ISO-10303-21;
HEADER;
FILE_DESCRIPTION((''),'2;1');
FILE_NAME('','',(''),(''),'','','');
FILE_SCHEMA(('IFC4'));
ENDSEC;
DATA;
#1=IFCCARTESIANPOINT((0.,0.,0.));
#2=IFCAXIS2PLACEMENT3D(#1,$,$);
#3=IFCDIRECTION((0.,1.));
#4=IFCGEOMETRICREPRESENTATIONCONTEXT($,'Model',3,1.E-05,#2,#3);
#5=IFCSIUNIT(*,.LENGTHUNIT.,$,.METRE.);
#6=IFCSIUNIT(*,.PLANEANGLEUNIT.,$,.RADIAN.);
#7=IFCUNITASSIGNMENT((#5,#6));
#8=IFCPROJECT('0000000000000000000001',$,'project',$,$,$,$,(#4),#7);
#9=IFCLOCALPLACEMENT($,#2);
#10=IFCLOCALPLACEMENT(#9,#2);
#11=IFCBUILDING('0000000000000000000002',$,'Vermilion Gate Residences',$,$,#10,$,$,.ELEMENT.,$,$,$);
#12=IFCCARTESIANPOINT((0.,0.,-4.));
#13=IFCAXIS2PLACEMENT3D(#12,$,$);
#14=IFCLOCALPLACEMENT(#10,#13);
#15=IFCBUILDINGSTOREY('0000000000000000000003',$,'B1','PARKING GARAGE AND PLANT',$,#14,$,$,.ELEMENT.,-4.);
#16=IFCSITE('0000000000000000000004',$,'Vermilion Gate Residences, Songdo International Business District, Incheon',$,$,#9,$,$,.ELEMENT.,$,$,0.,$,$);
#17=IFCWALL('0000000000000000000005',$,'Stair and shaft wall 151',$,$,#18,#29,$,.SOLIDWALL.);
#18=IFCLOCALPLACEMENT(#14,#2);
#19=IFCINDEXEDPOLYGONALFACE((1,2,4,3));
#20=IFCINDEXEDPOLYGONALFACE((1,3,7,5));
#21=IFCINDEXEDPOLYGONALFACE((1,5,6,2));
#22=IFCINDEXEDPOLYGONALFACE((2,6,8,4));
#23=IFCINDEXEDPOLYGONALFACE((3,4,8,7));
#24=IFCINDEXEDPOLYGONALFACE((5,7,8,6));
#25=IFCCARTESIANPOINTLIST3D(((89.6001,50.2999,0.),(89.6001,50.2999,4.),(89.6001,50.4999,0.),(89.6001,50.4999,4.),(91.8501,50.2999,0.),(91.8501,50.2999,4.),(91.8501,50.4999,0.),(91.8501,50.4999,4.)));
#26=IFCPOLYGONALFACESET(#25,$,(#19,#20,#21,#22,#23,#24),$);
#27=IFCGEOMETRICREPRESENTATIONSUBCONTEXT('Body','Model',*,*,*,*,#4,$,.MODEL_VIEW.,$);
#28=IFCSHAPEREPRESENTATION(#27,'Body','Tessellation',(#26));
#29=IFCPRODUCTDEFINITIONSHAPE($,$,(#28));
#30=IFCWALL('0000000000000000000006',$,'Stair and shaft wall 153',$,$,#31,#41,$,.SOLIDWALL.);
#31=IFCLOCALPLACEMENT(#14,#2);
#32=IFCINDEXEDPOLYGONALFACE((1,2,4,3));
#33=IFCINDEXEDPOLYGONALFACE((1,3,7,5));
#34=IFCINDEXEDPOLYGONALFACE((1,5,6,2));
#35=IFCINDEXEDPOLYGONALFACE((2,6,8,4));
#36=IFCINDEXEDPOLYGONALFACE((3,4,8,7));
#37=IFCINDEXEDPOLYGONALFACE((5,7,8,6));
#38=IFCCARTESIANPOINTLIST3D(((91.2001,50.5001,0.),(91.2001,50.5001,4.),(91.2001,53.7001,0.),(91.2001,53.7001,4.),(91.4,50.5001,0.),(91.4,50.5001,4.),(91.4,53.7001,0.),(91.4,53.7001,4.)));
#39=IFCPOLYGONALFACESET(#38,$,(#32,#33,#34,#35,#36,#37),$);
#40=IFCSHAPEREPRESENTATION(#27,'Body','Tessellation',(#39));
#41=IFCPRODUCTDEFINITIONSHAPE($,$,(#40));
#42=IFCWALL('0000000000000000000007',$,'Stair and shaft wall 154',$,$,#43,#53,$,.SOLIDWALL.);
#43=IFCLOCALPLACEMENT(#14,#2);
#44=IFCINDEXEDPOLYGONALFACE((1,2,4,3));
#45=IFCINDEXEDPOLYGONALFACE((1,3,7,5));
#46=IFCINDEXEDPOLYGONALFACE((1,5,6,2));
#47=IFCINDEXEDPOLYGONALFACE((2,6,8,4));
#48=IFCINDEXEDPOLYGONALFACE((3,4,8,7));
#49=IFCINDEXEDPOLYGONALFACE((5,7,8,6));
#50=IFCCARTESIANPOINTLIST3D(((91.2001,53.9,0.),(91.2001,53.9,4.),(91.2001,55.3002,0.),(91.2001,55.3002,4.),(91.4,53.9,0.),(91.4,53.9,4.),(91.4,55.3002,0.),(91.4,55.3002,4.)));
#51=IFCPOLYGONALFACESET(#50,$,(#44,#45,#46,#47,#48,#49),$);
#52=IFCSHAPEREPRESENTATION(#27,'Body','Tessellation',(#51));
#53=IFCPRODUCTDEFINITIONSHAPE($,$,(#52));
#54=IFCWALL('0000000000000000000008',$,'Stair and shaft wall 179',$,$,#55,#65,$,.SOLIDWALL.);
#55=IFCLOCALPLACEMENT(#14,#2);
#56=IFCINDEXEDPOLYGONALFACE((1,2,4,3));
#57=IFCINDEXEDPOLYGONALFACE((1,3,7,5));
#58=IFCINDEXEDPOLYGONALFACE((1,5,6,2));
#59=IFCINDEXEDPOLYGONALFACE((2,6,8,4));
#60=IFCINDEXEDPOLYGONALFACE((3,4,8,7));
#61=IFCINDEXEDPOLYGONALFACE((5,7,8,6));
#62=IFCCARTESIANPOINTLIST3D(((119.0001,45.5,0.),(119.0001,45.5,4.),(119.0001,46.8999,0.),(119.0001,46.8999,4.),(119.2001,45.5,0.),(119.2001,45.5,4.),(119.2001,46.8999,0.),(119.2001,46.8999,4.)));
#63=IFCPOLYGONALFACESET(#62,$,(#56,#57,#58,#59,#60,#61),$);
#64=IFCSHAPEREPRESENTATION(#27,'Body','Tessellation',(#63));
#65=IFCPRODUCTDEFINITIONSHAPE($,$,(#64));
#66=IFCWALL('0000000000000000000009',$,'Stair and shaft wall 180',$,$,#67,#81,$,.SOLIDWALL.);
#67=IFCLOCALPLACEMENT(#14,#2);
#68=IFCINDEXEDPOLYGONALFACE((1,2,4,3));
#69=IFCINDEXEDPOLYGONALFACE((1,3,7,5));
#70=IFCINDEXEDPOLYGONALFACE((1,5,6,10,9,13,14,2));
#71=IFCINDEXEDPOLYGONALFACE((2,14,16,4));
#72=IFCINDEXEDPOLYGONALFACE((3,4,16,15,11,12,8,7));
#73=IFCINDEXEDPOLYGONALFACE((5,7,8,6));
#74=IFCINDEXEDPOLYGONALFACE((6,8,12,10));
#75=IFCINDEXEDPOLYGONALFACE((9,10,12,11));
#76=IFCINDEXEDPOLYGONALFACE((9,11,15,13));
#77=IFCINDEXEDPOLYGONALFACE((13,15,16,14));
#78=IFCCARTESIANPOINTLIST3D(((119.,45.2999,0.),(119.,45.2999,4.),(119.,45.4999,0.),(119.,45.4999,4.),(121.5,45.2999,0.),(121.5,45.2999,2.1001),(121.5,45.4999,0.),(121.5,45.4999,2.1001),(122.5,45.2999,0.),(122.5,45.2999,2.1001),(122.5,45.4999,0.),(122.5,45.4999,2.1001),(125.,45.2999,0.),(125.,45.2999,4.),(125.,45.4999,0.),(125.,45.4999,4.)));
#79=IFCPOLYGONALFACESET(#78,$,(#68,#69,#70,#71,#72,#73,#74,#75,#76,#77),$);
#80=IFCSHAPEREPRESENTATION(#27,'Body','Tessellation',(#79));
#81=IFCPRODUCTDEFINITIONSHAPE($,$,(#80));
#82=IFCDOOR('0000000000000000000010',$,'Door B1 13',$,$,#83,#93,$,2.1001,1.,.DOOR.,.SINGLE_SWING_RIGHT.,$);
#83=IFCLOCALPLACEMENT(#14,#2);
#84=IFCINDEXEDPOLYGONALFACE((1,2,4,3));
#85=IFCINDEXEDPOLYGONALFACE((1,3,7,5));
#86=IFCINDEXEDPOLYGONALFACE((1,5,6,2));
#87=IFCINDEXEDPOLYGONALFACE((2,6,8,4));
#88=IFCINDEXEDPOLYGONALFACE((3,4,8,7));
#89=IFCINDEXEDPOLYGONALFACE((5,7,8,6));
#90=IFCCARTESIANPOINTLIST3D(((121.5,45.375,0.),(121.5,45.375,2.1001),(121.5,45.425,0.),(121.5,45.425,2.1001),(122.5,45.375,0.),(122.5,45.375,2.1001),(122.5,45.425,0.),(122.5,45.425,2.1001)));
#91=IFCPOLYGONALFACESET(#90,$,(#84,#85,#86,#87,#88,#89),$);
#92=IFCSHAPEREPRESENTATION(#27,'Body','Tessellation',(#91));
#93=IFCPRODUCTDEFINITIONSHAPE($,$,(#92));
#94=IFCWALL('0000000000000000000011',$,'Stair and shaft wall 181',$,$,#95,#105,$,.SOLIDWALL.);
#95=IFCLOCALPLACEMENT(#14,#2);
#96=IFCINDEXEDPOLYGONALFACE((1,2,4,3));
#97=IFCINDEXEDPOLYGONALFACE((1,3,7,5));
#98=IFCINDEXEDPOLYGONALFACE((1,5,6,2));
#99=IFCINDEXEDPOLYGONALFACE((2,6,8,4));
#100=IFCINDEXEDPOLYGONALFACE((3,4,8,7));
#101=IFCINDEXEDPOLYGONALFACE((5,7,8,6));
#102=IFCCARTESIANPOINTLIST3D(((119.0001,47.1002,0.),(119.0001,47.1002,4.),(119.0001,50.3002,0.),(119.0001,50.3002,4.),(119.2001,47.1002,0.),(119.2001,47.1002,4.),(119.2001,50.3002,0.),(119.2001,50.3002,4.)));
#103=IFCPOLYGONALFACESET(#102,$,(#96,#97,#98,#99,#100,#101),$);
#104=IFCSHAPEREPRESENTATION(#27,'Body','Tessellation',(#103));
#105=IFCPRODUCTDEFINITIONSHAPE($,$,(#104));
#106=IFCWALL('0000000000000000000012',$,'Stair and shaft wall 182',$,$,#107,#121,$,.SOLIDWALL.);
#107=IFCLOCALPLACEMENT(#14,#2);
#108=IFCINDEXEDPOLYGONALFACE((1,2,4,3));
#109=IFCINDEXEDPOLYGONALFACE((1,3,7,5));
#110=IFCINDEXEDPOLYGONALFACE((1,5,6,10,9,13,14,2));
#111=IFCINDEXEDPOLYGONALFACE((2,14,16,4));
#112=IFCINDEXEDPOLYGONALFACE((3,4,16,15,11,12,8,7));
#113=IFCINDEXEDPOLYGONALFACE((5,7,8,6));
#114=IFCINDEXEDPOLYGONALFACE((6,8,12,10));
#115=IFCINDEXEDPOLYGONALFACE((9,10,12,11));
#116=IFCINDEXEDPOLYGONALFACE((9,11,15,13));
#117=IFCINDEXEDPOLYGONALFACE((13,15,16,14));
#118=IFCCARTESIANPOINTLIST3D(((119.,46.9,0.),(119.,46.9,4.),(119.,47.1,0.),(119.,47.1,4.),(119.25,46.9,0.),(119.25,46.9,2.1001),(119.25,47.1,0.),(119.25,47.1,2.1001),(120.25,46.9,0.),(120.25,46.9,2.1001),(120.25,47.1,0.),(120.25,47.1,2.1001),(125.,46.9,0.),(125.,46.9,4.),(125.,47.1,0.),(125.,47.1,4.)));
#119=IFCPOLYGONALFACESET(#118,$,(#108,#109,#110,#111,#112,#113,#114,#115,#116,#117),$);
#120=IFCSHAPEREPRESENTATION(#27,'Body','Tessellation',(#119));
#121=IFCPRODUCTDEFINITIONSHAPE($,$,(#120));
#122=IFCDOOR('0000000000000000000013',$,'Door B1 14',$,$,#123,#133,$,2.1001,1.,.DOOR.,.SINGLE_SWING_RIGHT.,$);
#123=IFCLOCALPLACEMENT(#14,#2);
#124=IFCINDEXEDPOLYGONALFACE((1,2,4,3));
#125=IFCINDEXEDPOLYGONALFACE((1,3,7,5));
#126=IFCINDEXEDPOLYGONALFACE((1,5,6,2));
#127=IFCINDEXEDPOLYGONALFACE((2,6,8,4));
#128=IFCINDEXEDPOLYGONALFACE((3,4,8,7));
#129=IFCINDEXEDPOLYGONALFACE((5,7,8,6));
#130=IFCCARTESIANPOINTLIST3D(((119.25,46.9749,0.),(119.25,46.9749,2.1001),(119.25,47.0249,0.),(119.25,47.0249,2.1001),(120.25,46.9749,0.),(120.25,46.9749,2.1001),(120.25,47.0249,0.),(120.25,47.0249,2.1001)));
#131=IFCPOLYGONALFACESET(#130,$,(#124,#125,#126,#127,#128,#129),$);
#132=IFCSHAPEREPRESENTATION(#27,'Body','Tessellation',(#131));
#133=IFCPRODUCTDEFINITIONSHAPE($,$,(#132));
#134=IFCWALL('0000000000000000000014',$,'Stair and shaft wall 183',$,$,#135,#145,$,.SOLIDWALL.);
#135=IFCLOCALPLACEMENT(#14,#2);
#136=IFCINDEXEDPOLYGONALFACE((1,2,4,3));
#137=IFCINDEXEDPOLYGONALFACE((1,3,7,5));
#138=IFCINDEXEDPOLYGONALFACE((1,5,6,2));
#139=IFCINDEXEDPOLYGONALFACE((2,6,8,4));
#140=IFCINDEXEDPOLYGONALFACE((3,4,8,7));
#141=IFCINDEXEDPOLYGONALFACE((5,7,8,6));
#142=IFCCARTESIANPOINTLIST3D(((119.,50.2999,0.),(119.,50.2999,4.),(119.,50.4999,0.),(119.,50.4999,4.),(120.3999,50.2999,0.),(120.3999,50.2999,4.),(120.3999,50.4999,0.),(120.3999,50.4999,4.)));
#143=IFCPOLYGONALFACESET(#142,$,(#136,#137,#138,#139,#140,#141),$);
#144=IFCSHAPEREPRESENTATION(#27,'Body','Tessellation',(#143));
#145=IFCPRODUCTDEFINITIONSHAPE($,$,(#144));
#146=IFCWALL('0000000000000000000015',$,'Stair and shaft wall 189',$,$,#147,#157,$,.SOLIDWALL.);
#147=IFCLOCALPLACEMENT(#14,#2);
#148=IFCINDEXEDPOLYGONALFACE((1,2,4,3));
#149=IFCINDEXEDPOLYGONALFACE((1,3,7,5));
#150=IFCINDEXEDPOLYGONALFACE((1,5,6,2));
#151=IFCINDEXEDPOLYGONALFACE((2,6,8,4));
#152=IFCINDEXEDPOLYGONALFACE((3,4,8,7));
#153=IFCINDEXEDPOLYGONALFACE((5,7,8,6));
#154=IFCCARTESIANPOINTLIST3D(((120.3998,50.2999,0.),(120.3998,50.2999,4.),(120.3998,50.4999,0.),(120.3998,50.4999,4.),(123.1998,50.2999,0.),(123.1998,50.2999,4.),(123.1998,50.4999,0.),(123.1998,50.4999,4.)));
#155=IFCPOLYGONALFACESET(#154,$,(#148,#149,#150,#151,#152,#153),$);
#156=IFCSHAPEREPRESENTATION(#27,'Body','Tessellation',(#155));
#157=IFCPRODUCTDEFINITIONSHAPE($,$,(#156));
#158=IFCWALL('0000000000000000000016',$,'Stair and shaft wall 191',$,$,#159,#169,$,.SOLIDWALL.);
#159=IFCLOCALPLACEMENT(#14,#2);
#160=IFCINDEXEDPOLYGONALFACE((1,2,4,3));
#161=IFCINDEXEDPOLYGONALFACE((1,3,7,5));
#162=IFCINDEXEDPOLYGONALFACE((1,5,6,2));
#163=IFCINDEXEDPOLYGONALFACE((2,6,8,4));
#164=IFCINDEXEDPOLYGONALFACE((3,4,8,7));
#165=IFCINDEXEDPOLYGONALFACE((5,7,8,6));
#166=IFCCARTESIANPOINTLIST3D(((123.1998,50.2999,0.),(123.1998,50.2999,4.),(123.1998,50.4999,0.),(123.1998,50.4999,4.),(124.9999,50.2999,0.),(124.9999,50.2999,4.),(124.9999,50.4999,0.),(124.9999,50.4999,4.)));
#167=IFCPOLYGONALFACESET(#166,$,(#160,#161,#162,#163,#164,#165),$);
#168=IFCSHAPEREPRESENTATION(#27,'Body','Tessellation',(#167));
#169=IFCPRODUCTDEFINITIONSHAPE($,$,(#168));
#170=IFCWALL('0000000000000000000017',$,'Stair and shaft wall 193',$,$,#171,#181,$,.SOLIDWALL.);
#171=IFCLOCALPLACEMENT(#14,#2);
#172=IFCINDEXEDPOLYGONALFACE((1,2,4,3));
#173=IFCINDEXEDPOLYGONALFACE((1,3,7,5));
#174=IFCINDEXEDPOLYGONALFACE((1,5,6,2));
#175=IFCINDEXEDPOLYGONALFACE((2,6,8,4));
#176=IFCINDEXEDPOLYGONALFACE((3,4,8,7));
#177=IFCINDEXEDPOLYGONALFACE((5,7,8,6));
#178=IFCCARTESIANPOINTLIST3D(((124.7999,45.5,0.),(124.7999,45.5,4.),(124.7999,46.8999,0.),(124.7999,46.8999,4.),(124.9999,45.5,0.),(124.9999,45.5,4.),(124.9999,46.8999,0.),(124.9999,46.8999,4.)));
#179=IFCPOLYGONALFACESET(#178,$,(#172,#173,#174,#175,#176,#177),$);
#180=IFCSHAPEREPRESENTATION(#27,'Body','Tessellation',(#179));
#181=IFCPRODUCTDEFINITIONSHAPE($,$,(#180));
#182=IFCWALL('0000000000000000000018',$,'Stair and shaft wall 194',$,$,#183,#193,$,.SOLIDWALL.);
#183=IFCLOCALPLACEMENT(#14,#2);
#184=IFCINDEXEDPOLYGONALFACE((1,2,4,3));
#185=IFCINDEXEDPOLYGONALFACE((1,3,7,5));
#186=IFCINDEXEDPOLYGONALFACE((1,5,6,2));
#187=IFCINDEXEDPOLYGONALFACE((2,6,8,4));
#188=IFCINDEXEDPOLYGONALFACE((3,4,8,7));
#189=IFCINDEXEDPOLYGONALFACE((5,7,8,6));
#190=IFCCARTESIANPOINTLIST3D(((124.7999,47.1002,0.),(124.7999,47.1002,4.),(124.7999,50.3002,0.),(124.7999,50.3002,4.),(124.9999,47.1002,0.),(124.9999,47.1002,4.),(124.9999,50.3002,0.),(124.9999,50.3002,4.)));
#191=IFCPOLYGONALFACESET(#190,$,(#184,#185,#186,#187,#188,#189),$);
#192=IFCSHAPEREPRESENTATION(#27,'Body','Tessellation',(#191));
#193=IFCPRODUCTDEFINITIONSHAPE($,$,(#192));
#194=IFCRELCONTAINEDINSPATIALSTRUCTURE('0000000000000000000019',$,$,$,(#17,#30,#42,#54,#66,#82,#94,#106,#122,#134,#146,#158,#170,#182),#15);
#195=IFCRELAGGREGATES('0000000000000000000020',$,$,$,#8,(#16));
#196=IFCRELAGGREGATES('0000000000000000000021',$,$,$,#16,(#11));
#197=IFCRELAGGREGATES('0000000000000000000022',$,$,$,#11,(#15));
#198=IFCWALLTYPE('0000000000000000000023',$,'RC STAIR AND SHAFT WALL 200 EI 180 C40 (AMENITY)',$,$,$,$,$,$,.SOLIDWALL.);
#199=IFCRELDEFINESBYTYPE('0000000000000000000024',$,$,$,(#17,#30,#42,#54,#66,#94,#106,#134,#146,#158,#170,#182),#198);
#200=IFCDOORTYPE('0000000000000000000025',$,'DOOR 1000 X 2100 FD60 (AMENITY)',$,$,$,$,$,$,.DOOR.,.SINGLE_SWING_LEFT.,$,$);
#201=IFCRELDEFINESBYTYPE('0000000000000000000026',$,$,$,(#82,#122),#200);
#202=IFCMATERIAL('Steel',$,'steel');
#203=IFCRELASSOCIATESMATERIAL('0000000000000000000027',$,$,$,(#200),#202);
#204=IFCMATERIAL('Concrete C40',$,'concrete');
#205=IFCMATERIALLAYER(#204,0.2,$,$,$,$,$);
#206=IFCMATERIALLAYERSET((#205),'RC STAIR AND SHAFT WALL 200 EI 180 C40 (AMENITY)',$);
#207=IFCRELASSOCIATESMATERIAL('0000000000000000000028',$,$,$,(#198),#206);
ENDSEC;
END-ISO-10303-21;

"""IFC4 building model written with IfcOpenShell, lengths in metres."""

from ifc_helpers import new_model, si_unit, direction, frame, frame_2d, origin, place, context, subcontext, project, spatial, rectangle, extrude, material, layer, layer_set, type_object, element, fill, save


model = new_model("IFC4")

# Units and contexts
model_context = context("Model", 3, precision=1e-05, world=origin(), true_north=direction((0.0, 1.0)))
body_context = subcontext(model_context, "Body", "Model", "MODEL_VIEW")
ifc_project = project(units=[si_unit("LENGTHUNIT", "METRE"), si_unit("PLANEANGLEUNIT", "RADIAN")], contexts=[model_context])

# Site, building, storey
site_placement = place(None, origin())
site = spatial("IfcSite", under=ifc_project, at=site_placement, Name="Vermilion Gate Residences, Songdo International Business District, Incheon", CompositionType="ELEMENT", RefElevation=0.0)
building_placement = place(site_placement, origin())
building = spatial("IfcBuilding", under=site, at=building_placement, Name="Vermilion Gate Residences", CompositionType="ELEMENT")
storey_placement = place(building_placement, frame((0.0, 0.0, -4.0)))
storey = spatial("IfcBuildingStorey", under=building, at=storey_placement, Name="B1", Description="PARKING GARAGE AND PLANT", CompositionType="ELEMENT", Elevation=-4.0)

# Shared definitions
ifc_material_1 = material(Name="Steel", Category="steel")
door_type = type_object("IfcDoorType", Name="DOOR 1000 X 2100 FD60 (AMENITY)", OperationType="SINGLE_SWING_LEFT", PredefinedType="DOOR", material=ifc_material_1)

# Walls
ifc_material_2 = material(Name="Concrete C40", Category="concrete")
ifc_layer_1 = layer(ifc_material_2, 0.2)
ifc_layer_set_1 = layer_set([ifc_layer_1], Name="RC STAIR AND SHAFT WALL 200 EI 180 C40 (AMENITY)")
wall_type_1 = type_object("IfcWallType", Name="RC STAIR AND SHAFT WALL 200 EI 180 C40 (AMENITY)", PredefinedType="SOLIDWALL", material=ifc_layer_set_1)
wall_1_placement = place(storey_placement, frame((89.6001, 50.3999, 0.0), z_axis=(0.0, 0.0, 1.0), x_axis=(1.0, 0.0, 0.0)))
element("IfcWall", 1, at=wall_1_placement, inside=storey, type_object=wall_type_1, Name="Stair and shaft wall 151", PredefinedType="SOLIDWALL", context=body_context, shape_type="SweptSolid", body=[
    extrude(rectangle(XDim=2.25, YDim=0.2, at=frame_2d((1.125, 0.0))), origin(), (0.0, 0.0, 1.0), 4.0),
])
wall_2_placement = place(storey_placement, frame((91.3, 50.5, 0.0), z_axis=(0.0, 0.0, 1.0), x_axis=(0.0, 1.0, 0.0)))
element("IfcWall", 2, at=wall_2_placement, inside=storey, type_object=wall_type_1, Name="Stair and shaft wall 153", PredefinedType="SOLIDWALL", context=body_context, shape_type="SweptSolid", body=[
    extrude(rectangle(XDim=3.2, YDim=0.2, at=frame_2d((1.6001, 0.0))), origin(), (0.0, 0.0, 1.0), 4.0),
])
wall_3_placement = place(storey_placement, frame((91.3, 53.8999, 0.0), z_axis=(0.0, 0.0, 1.0), x_axis=(0.0, 1.0, 0.0)))
element("IfcWall", 3, at=wall_3_placement, inside=storey, type_object=wall_type_1, Name="Stair and shaft wall 154", PredefinedType="SOLIDWALL", context=body_context, shape_type="SweptSolid", body=[
    extrude(rectangle(XDim=1.4001, YDim=0.2, at=frame_2d((0.7002, 0.0))), origin(), (0.0, 0.0, 1.0), 4.0),
])
wall_4_placement = place(storey_placement, frame((119.1001, 45.5, 0.0), z_axis=(0.0, 0.0, 1.0), x_axis=(0.0, 1.0, 0.0)))
element("IfcWall", 4, at=wall_4_placement, inside=storey, type_object=wall_type_1, Name="Stair and shaft wall 179", PredefinedType="SOLIDWALL", context=body_context, shape_type="SweptSolid", body=[
    extrude(rectangle(XDim=1.3999, YDim=0.2, at=frame_2d((0.7, 0.0))), origin(), (0.0, 0.0, 1.0), 4.0),
])

# Wall, opening, door
wall_5_placement = place(storey_placement, frame((119.0, 45.3999, 0.0), z_axis=(0.0, 0.0, 1.0), x_axis=(1.0, 0.0, 0.0)))
wall_5 = element("IfcWall", 5, at=wall_5_placement, inside=storey, type_object=wall_type_1, Name="Stair and shaft wall 180", PredefinedType="SOLIDWALL", context=body_context, shape_type="SweptSolid", body=[
    extrude(rectangle(XDim=6.0, YDim=0.2, at=frame_2d((3.0, 0.0))), origin(), (0.0, 0.0, 1.0), 4.0),
])
opening_1_placement = place(wall_5_placement, frame((2.5, 0.0, 0.0)))
opening_1 = element("IfcOpeningElement", 6, at=opening_1_placement, cuts=wall_5, PredefinedType="OPENING", context=body_context, shape_type="SweptSolid", body=[
    extrude(rectangle(XDim=1.0, YDim=2.1001, at=frame_2d((0.5, 1.05))), frame((0.0, 0.1099, 0.0), z_axis=(0.0, -1.0, 0.0), x_axis=(1.0, 0.0, 0.0)), (0.0, 0.0, 1.0), 0.22),
])
door_1_placement = place(opening_1_placement, frame((1.0, 0.0, 0.0), z_axis=(0.0, 0.0, 1.0), x_axis=(-1.0, 0.0, 0.0)))
door_1 = element("IfcDoor", 7, at=door_1_placement, inside=storey, type_object=door_type, Name="Door B1 13", OperationType="SINGLE_SWING_RIGHT", OverallHeight=2.1001, OverallWidth=1.0, PredefinedType="DOOR", context=body_context, shape_type="SweptSolid", body=[
    extrude(rectangle(XDim=1.0, YDim=2.1001, at=frame_2d((0.5, 1.05))), frame((0.0, 0.0249, 0.0), z_axis=(0.0, -1.0, 0.0), x_axis=(1.0, 0.0, 0.0)), (0.0, 0.0, 1.0), 0.05),
])
fill(opening_1, door_1)

# Wall
wall_6_placement = place(storey_placement, frame((119.1001, 47.1001, 0.0), z_axis=(0.0, 0.0, 1.0), x_axis=(0.0, 1.0, 0.0)))
element("IfcWall", 8, at=wall_6_placement, inside=storey, type_object=wall_type_1, Name="Stair and shaft wall 181", PredefinedType="SOLIDWALL", context=body_context, shape_type="SweptSolid", body=[
    extrude(rectangle(XDim=3.2, YDim=0.2, at=frame_2d((1.6001, 0.0))), origin(), (0.0, 0.0, 1.0), 4.0),
])

# Wall, opening, door
wall_7_placement = place(storey_placement, frame((119.0, 47.0, 0.0), z_axis=(0.0, 0.0, 1.0), x_axis=(1.0, 0.0, 0.0)))
wall_7 = element("IfcWall", 9, at=wall_7_placement, inside=storey, type_object=wall_type_1, Name="Stair and shaft wall 182", PredefinedType="SOLIDWALL", context=body_context, shape_type="SweptSolid", body=[
    extrude(rectangle(XDim=6.0, YDim=0.2, at=frame_2d((3.0, 0.0))), origin(), (0.0, 0.0, 1.0), 4.0),
])
opening_2_placement = place(wall_7_placement, frame((0.25, 0.0, 0.0)))
opening_2 = element("IfcOpeningElement", 10, at=opening_2_placement, cuts=wall_7, PredefinedType="OPENING", context=body_context, shape_type="SweptSolid", body=[
    extrude(rectangle(XDim=1.0, YDim=2.1001, at=frame_2d((0.5, 1.05))), frame((0.0, 0.1099, 0.0), z_axis=(0.0, -1.0, 0.0), x_axis=(1.0, 0.0, 0.0)), (0.0, 0.0, 1.0), 0.22),
])
door_2_placement = place(opening_2_placement, origin())
door_2 = element("IfcDoor", 11, at=door_2_placement, inside=storey, type_object=door_type, Name="Door B1 14", OperationType="SINGLE_SWING_RIGHT", OverallHeight=2.1001, OverallWidth=1.0, PredefinedType="DOOR", context=body_context, shape_type="SweptSolid", body=[
    extrude(rectangle(XDim=1.0, YDim=2.1001, at=frame_2d((0.5, 1.05))), frame((0.0, 0.0249, 0.0), z_axis=(0.0, -1.0, 0.0), x_axis=(1.0, 0.0, 0.0)), (0.0, 0.0, 1.0), 0.05),
])
fill(opening_2, door_2)

# Walls
wall_8_placement = place(storey_placement, frame((119.0, 50.3999, 0.0), z_axis=(0.0, 0.0, 1.0), x_axis=(1.0, 0.0, 0.0)))
element("IfcWall", 12, at=wall_8_placement, inside=storey, type_object=wall_type_1, Name="Stair and shaft wall 183", PredefinedType="SOLIDWALL", context=body_context, shape_type="SweptSolid", body=[
    extrude(rectangle(XDim=1.3999, YDim=0.2, at=frame_2d((0.7, 0.0))), origin(), (0.0, 0.0, 1.0), 4.0),
])
wall_9_placement = place(storey_placement, frame((120.3999, 50.3999, 0.0), z_axis=(0.0, 0.0, 1.0), x_axis=(1.0, 0.0, 0.0)))
element("IfcWall", 13, at=wall_9_placement, inside=storey, type_object=wall_type_1, Name="Stair and shaft wall 189", PredefinedType="SOLIDWALL", context=body_context, shape_type="SweptSolid", body=[
    extrude(rectangle(XDim=2.8, YDim=0.2, at=frame_2d((1.3999, 0.0))), origin(), (0.0, 0.0, 1.0), 4.0),
])
wall_10_placement = place(storey_placement, frame((123.2, 50.3999, 0.0), z_axis=(0.0, 0.0, 1.0), x_axis=(1.0, 0.0, 0.0)))
element("IfcWall", 14, at=wall_10_placement, inside=storey, type_object=wall_type_1, Name="Stair and shaft wall 191", PredefinedType="SOLIDWALL", context=body_context, shape_type="SweptSolid", body=[
    extrude(rectangle(XDim=1.8, YDim=0.2, at=frame_2d((0.8999, 0.0))), origin(), (0.0, 0.0, 1.0), 4.0),
])
wall_11_placement = place(storey_placement, frame((124.8999, 45.5, 0.0), z_axis=(0.0, 0.0, 1.0), x_axis=(0.0, 1.0, 0.0)))
element("IfcWall", 15, at=wall_11_placement, inside=storey, type_object=wall_type_1, Name="Stair and shaft wall 193", PredefinedType="SOLIDWALL", context=body_context, shape_type="SweptSolid", body=[
    extrude(rectangle(XDim=1.3999, YDim=0.2, at=frame_2d((0.7, 0.0))), origin(), (0.0, 0.0, 1.0), 4.0),
])
wall_12_placement = place(storey_placement, frame((124.8999, 47.1001, 0.0), z_axis=(0.0, 0.0, 1.0), x_axis=(0.0, 1.0, 0.0)))
element("IfcWall", 16, at=wall_12_placement, inside=storey, type_object=wall_type_1, Name="Stair and shaft wall 194", PredefinedType="SOLIDWALL", context=body_context, shape_type="SweptSolid", body=[
    extrude(rectangle(XDim=3.2, YDim=0.2, at=frame_2d((1.6001, 0.0))), origin(), (0.0, 0.0, 1.0), 4.0),
])

save(model, "model.ifc")
